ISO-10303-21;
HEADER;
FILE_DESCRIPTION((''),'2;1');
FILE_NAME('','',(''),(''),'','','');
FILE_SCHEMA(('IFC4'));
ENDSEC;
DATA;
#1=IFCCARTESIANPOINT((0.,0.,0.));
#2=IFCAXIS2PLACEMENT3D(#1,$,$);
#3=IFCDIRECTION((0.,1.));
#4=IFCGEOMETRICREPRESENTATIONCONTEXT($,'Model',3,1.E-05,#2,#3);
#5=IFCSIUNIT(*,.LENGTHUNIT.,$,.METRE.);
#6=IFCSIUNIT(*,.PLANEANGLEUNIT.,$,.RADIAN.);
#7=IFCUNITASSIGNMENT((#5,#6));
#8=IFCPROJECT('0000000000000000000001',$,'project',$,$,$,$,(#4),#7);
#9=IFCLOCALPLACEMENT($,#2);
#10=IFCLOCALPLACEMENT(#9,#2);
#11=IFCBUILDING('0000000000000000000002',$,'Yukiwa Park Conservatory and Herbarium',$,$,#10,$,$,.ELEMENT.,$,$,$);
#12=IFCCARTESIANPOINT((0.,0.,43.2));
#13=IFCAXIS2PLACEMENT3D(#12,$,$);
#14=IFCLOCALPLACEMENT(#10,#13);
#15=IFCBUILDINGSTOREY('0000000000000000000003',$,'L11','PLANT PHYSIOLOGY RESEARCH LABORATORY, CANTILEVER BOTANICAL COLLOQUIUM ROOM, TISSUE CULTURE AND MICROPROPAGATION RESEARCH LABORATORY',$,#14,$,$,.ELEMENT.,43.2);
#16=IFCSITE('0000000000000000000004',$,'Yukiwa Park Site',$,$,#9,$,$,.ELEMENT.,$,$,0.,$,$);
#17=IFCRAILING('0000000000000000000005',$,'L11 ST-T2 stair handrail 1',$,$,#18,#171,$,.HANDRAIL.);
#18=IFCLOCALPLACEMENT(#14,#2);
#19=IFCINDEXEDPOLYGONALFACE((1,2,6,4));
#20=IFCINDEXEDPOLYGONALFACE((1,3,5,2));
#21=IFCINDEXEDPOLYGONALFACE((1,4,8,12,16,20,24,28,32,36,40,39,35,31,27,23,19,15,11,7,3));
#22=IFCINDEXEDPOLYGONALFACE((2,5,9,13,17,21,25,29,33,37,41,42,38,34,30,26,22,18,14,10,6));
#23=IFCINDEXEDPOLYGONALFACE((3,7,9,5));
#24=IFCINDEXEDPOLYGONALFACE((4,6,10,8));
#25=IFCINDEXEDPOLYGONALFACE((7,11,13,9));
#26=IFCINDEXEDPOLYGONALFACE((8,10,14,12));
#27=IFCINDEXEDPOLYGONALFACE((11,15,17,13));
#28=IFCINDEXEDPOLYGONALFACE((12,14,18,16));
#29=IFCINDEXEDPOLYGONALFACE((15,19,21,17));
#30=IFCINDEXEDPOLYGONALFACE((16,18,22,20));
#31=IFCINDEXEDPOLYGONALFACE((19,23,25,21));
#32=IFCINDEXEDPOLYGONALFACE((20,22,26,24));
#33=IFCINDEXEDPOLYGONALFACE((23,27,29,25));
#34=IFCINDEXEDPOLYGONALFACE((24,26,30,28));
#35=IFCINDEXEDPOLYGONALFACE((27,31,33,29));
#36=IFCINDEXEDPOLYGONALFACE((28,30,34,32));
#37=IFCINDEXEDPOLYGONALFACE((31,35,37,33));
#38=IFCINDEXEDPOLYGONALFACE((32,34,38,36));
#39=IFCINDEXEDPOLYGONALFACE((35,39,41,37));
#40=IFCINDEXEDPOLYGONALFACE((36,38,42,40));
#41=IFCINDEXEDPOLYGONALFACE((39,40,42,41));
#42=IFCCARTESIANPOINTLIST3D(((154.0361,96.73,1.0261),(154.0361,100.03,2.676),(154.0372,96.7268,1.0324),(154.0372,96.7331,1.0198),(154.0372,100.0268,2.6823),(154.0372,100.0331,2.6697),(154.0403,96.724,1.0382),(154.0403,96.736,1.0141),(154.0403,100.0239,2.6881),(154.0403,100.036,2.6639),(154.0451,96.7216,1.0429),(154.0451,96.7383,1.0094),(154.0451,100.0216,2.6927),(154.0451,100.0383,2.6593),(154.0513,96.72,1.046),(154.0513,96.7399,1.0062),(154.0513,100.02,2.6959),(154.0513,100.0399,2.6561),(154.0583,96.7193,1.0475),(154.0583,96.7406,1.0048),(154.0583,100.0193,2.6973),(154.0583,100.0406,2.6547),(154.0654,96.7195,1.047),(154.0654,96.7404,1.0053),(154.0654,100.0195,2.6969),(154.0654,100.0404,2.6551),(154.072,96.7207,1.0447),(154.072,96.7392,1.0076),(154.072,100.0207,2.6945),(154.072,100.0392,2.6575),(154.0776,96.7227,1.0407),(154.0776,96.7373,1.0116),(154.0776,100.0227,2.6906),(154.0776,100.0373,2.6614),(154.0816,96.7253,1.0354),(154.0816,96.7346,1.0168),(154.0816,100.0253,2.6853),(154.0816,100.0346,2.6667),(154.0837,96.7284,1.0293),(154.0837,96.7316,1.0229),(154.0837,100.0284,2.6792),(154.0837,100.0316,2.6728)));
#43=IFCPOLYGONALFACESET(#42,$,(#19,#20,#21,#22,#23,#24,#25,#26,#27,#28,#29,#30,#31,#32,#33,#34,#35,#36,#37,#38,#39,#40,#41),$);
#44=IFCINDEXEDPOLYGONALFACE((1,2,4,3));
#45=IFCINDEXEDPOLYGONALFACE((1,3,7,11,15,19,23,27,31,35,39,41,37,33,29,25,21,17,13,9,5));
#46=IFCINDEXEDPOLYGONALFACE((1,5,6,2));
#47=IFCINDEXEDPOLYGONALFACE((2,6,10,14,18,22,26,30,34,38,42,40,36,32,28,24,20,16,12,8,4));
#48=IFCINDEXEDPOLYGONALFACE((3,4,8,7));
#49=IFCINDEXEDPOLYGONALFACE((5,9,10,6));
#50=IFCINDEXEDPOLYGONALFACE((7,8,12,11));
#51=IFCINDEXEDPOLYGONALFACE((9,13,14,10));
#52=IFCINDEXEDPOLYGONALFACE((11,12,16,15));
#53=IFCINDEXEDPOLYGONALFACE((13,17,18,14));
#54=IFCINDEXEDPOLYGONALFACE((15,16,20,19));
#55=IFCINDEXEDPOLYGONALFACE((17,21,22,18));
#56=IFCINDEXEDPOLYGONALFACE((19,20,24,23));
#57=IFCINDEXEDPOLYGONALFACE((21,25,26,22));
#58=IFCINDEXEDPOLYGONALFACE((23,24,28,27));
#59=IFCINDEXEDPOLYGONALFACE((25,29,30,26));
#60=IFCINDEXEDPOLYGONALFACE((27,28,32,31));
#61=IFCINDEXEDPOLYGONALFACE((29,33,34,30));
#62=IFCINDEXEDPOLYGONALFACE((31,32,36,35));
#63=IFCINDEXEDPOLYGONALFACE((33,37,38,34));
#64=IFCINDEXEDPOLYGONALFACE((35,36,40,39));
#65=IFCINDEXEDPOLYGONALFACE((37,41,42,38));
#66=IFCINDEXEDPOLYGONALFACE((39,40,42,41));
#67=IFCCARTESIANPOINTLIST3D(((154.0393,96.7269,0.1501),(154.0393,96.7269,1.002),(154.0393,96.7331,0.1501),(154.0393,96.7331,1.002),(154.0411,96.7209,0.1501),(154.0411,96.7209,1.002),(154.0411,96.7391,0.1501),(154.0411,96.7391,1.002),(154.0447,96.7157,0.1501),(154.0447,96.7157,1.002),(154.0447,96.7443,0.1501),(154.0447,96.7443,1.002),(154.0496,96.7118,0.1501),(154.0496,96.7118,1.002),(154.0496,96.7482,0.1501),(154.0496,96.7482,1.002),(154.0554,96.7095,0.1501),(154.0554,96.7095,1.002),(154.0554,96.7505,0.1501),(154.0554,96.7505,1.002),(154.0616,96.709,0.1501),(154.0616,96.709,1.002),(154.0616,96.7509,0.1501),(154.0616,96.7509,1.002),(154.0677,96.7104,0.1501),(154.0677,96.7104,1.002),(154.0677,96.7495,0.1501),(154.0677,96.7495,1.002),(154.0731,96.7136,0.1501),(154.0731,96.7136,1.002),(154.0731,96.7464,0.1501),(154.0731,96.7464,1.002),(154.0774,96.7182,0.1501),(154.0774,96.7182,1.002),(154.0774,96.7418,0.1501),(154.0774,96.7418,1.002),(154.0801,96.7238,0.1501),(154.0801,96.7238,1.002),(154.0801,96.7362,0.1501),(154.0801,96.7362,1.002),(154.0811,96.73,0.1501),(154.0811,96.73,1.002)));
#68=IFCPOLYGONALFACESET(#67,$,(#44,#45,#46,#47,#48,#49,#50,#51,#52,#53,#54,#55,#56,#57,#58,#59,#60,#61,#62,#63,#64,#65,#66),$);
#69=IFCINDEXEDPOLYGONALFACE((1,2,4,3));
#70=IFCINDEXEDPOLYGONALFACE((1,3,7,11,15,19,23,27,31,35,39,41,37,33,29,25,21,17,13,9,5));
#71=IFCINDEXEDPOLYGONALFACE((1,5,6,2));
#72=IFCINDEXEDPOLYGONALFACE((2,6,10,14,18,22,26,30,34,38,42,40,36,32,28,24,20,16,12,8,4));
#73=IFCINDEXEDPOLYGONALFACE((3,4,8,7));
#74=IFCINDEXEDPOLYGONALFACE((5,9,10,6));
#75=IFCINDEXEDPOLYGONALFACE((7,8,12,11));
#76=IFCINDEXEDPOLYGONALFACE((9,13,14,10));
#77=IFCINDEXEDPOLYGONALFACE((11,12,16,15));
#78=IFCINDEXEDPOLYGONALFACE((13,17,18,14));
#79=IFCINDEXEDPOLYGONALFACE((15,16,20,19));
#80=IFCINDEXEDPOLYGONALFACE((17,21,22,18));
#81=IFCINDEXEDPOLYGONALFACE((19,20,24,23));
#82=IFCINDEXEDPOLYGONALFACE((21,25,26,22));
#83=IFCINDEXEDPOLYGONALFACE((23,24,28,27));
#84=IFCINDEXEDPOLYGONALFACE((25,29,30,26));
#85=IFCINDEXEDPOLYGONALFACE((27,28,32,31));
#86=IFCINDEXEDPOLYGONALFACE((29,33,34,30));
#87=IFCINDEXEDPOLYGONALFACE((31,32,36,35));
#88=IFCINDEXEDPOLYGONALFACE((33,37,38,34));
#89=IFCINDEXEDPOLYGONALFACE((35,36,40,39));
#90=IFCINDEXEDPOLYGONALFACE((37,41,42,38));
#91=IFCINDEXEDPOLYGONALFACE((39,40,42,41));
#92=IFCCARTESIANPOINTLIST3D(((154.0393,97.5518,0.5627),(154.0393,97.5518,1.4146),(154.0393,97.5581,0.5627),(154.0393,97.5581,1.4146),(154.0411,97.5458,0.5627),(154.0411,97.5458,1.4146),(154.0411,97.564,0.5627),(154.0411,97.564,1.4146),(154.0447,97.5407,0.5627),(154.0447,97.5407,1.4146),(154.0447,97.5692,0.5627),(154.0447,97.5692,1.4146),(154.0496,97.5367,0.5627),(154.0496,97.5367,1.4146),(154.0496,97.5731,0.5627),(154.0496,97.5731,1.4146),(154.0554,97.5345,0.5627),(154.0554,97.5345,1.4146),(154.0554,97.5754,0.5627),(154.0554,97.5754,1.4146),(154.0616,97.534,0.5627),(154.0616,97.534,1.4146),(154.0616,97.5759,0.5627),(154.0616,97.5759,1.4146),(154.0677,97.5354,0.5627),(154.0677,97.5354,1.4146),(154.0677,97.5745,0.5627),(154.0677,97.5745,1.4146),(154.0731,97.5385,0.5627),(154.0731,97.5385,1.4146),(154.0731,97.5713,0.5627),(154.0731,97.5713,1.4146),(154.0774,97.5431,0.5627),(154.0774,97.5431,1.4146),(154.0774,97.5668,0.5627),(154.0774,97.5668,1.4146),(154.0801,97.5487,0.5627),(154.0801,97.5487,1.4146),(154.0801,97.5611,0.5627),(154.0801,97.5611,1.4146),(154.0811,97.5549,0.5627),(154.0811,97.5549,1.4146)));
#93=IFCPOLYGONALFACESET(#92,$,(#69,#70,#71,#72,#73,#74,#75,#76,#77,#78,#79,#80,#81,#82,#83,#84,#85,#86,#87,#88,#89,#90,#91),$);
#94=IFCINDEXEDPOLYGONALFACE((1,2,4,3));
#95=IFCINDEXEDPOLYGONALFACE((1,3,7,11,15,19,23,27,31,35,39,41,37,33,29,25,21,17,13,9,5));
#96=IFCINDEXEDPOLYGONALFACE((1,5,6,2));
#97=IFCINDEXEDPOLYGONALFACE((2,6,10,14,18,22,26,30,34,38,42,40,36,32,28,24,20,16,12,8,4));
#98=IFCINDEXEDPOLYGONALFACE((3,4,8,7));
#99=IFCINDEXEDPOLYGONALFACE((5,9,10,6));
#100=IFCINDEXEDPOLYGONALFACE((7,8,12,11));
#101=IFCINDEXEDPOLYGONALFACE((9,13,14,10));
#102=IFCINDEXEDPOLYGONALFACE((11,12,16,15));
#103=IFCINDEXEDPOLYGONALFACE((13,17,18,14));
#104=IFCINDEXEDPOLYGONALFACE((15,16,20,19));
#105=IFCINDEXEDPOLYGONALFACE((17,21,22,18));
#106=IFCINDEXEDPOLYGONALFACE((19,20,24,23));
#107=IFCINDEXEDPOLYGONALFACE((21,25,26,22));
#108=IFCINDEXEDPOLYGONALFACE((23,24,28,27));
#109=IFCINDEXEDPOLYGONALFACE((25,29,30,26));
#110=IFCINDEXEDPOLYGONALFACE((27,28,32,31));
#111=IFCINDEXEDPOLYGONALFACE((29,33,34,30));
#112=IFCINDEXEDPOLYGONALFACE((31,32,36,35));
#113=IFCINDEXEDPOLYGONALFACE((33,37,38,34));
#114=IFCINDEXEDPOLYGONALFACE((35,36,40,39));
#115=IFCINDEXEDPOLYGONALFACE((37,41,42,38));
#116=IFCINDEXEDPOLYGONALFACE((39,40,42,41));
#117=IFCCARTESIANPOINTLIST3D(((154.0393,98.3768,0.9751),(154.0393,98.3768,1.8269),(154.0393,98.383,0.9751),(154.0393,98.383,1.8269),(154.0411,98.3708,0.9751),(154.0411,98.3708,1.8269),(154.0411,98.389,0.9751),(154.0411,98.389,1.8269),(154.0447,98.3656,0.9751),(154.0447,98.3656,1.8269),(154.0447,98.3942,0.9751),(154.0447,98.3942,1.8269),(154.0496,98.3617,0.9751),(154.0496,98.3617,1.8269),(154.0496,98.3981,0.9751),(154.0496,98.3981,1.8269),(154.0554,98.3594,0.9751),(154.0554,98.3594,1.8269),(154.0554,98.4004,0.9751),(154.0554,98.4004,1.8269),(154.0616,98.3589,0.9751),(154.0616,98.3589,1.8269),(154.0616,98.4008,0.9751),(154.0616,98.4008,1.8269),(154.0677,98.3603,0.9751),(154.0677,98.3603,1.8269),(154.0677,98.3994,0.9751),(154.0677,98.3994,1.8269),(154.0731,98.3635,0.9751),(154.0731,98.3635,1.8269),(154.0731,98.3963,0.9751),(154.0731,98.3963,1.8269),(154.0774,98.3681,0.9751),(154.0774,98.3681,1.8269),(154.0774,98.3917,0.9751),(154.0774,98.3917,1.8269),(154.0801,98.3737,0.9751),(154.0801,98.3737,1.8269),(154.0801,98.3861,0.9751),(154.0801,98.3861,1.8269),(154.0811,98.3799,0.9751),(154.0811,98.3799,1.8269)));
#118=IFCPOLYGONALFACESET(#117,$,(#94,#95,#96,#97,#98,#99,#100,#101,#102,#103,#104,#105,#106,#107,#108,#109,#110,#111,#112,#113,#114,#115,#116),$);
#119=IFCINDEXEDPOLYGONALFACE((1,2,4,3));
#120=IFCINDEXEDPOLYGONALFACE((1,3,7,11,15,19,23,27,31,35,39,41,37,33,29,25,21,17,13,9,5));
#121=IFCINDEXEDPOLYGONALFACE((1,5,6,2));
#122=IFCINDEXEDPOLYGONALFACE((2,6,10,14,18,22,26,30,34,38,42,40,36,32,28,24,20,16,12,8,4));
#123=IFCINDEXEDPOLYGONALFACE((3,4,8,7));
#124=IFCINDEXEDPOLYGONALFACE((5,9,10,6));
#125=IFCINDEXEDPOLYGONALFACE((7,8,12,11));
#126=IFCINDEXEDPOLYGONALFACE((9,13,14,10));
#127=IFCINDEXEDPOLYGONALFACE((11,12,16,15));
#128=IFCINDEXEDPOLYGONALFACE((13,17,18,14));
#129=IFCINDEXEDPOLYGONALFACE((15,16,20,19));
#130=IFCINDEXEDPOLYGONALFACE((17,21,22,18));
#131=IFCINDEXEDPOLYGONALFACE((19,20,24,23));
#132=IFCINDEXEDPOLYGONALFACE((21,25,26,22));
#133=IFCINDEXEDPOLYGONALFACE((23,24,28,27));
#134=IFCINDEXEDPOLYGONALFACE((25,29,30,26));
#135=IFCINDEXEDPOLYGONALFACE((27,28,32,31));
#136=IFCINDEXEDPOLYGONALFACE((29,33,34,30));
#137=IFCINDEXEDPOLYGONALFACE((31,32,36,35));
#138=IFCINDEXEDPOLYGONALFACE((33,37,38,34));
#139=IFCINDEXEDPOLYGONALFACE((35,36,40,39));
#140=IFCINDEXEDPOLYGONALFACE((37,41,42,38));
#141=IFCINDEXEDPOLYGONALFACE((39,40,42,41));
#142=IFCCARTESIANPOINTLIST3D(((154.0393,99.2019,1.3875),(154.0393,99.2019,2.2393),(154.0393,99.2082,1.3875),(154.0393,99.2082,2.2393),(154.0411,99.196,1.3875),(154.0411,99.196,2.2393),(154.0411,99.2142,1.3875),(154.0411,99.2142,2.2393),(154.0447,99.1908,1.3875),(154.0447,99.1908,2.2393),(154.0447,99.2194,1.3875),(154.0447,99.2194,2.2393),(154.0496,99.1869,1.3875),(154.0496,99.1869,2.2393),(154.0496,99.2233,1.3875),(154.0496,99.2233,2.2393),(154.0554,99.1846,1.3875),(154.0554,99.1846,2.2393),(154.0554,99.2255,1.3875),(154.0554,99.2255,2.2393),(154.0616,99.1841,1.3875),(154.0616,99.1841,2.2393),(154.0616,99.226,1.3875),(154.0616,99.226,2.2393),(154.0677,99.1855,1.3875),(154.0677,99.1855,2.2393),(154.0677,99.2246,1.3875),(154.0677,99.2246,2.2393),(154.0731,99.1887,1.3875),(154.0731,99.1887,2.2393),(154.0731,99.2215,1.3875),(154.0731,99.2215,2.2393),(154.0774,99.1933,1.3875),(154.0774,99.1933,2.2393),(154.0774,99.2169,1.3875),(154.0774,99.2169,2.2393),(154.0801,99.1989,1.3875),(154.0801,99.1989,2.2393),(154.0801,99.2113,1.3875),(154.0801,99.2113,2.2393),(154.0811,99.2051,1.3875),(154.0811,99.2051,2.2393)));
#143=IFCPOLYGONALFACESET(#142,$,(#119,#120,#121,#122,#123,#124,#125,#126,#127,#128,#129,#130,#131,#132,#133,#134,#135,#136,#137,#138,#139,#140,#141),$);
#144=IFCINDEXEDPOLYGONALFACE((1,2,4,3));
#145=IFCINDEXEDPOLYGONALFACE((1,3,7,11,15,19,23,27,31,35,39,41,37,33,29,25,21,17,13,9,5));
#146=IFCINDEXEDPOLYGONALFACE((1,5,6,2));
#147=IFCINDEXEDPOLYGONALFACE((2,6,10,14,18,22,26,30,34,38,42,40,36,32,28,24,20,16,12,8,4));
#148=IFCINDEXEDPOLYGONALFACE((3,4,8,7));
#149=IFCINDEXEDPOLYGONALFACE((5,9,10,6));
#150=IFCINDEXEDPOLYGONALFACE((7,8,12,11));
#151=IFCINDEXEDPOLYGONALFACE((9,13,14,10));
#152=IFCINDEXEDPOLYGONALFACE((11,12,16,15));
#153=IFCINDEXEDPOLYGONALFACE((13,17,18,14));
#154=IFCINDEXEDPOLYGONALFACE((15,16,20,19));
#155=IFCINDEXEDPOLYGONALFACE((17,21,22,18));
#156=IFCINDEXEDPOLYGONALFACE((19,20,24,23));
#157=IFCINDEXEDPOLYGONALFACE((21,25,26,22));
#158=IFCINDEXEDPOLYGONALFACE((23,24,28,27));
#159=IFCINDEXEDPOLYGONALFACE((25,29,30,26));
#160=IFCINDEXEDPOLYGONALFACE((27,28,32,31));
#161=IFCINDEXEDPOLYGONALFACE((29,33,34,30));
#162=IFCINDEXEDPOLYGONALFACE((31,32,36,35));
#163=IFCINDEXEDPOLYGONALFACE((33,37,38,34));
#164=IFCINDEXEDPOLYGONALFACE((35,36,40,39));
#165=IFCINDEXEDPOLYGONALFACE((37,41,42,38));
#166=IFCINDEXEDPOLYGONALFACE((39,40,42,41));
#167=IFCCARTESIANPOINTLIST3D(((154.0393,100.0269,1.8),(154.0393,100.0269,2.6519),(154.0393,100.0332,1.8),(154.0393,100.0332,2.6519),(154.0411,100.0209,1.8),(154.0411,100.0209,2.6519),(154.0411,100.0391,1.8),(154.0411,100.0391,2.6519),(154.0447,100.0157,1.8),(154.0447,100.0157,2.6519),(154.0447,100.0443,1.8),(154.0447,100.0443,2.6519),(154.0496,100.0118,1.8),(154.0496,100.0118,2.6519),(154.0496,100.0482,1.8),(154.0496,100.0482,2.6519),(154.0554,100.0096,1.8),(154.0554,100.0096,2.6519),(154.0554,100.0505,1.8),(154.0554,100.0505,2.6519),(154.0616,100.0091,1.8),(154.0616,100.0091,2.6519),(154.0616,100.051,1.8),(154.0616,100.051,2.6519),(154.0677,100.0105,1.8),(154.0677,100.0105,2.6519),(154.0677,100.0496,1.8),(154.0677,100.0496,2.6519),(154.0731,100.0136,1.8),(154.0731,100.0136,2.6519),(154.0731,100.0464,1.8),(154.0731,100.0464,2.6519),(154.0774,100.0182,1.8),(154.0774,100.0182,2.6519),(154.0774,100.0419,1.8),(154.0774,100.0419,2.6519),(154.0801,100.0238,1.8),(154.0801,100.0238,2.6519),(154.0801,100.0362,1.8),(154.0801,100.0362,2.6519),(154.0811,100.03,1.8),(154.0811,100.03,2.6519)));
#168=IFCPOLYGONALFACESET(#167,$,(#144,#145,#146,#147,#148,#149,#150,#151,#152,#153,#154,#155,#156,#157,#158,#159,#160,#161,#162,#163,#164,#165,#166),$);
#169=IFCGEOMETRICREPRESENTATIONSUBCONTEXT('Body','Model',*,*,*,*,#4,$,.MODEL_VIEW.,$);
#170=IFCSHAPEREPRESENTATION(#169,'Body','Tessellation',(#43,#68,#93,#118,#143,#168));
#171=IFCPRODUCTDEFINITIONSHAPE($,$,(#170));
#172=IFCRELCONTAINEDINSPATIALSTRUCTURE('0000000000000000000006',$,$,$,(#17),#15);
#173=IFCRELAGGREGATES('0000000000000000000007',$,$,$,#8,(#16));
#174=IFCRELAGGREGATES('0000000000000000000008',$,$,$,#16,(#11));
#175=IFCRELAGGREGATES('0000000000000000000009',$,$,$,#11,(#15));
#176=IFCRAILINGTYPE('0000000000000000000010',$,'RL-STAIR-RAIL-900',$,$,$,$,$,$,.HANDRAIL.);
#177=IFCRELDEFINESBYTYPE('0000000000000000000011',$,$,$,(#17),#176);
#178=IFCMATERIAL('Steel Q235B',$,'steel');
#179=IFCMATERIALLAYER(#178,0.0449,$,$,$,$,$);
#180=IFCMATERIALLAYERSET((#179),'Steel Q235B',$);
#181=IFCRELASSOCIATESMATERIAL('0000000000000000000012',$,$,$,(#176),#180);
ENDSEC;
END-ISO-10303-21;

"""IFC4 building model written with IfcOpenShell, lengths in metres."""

from ifc_helpers import new_model, si_unit, direction, frame, origin, origin_2d, place, context, subcontext, project, spatial, circle, extrude, material, layer, layer_set, type_object, element, save


model = new_model("IFC4")

# Units and contexts
model_context = context("Model", 3, precision=1e-05, world=origin(), true_north=direction((0.0, 1.0)))
body_context = subcontext(model_context, "Body", "Model", "MODEL_VIEW")
ifc_project = project(units=[si_unit("LENGTHUNIT", "METRE"), si_unit("PLANEANGLEUNIT", "RADIAN")], contexts=[model_context])

# Site, building, storey
site_placement = place(None, origin())
site = spatial("IfcSite", under=ifc_project, at=site_placement, Name="Yukiwa Park Site", CompositionType="ELEMENT", RefElevation=0.0)
building_placement = place(site_placement, origin())
building = spatial("IfcBuilding", under=site, at=building_placement, Name="Yukiwa Park Conservatory and Herbarium", CompositionType="ELEMENT")
storey_placement = place(building_placement, frame((0.0, 0.0, 43.2)))
storey = spatial("IfcBuildingStorey", under=building, at=storey_placement, Name="L11", Description="PLANT PHYSIOLOGY RESEARCH LABORATORY, CANTILEVER BOTANICAL COLLOQUIUM ROOM, TISSUE CULTURE AND MICROPROPAGATION RESEARCH LABORATORY", CompositionType="ELEMENT", Elevation=43.2)

# Railing
ifc_material_1 = material(Name="Steel Q235B", Category="steel")
ifc_layer_1 = layer(ifc_material_1, 0.0449)
ifc_layer_set_1 = layer_set([ifc_layer_1], Name="Steel Q235B")
railing_type_1 = type_object("IfcRailingType", Name="RL-STAIR-RAIL-900", PredefinedType="HANDRAIL", material=ifc_layer_set_1)
railing_1_placement = place(storey_placement, frame((154.0601, 96.73, 0.1501)))
element("IfcRailing", 1, at=railing_1_placement, inside=storey, type_object=railing_type_1, Name="L11 ST-T2 stair handrail 1", PredefinedType="HANDRAIL", context=body_context, shape_type="SweptSolid", body=[
    extrude(circle(Radius=0.0239, at=origin_2d()), frame((0.0, 0.0, 0.876), z_axis=(0.0, 0.89444, 0.447187), x_axis=(-1.0, 0.0, 0.0)), (0.0, 0.0, 1.0), 3.6895),
    extrude(circle(Radius=0.021, at=origin_2d()), origin(), (0.0, 0.0, 1.0), 0.8518),
    extrude(circle(Radius=0.021, at=origin_2d()), frame((0.0, 0.825, 0.4126)), (0.0, 0.0, 1.0), 0.8518),
    extrude(circle(Radius=0.021, at=origin_2d()), frame((0.0, 1.6499, 0.825)), (0.0, 0.0, 1.0), 0.8518),
    extrude(circle(Radius=0.021, at=origin_2d()), frame((0.0, 2.4751, 1.2373)), (0.0, 0.0, 1.0), 0.8518),
    extrude(circle(Radius=0.021, at=origin_2d()), frame((0.0, 3.3, 1.6499)), (0.0, 0.0, 1.0), 0.8518),
])

save(model, "model.ifc")
